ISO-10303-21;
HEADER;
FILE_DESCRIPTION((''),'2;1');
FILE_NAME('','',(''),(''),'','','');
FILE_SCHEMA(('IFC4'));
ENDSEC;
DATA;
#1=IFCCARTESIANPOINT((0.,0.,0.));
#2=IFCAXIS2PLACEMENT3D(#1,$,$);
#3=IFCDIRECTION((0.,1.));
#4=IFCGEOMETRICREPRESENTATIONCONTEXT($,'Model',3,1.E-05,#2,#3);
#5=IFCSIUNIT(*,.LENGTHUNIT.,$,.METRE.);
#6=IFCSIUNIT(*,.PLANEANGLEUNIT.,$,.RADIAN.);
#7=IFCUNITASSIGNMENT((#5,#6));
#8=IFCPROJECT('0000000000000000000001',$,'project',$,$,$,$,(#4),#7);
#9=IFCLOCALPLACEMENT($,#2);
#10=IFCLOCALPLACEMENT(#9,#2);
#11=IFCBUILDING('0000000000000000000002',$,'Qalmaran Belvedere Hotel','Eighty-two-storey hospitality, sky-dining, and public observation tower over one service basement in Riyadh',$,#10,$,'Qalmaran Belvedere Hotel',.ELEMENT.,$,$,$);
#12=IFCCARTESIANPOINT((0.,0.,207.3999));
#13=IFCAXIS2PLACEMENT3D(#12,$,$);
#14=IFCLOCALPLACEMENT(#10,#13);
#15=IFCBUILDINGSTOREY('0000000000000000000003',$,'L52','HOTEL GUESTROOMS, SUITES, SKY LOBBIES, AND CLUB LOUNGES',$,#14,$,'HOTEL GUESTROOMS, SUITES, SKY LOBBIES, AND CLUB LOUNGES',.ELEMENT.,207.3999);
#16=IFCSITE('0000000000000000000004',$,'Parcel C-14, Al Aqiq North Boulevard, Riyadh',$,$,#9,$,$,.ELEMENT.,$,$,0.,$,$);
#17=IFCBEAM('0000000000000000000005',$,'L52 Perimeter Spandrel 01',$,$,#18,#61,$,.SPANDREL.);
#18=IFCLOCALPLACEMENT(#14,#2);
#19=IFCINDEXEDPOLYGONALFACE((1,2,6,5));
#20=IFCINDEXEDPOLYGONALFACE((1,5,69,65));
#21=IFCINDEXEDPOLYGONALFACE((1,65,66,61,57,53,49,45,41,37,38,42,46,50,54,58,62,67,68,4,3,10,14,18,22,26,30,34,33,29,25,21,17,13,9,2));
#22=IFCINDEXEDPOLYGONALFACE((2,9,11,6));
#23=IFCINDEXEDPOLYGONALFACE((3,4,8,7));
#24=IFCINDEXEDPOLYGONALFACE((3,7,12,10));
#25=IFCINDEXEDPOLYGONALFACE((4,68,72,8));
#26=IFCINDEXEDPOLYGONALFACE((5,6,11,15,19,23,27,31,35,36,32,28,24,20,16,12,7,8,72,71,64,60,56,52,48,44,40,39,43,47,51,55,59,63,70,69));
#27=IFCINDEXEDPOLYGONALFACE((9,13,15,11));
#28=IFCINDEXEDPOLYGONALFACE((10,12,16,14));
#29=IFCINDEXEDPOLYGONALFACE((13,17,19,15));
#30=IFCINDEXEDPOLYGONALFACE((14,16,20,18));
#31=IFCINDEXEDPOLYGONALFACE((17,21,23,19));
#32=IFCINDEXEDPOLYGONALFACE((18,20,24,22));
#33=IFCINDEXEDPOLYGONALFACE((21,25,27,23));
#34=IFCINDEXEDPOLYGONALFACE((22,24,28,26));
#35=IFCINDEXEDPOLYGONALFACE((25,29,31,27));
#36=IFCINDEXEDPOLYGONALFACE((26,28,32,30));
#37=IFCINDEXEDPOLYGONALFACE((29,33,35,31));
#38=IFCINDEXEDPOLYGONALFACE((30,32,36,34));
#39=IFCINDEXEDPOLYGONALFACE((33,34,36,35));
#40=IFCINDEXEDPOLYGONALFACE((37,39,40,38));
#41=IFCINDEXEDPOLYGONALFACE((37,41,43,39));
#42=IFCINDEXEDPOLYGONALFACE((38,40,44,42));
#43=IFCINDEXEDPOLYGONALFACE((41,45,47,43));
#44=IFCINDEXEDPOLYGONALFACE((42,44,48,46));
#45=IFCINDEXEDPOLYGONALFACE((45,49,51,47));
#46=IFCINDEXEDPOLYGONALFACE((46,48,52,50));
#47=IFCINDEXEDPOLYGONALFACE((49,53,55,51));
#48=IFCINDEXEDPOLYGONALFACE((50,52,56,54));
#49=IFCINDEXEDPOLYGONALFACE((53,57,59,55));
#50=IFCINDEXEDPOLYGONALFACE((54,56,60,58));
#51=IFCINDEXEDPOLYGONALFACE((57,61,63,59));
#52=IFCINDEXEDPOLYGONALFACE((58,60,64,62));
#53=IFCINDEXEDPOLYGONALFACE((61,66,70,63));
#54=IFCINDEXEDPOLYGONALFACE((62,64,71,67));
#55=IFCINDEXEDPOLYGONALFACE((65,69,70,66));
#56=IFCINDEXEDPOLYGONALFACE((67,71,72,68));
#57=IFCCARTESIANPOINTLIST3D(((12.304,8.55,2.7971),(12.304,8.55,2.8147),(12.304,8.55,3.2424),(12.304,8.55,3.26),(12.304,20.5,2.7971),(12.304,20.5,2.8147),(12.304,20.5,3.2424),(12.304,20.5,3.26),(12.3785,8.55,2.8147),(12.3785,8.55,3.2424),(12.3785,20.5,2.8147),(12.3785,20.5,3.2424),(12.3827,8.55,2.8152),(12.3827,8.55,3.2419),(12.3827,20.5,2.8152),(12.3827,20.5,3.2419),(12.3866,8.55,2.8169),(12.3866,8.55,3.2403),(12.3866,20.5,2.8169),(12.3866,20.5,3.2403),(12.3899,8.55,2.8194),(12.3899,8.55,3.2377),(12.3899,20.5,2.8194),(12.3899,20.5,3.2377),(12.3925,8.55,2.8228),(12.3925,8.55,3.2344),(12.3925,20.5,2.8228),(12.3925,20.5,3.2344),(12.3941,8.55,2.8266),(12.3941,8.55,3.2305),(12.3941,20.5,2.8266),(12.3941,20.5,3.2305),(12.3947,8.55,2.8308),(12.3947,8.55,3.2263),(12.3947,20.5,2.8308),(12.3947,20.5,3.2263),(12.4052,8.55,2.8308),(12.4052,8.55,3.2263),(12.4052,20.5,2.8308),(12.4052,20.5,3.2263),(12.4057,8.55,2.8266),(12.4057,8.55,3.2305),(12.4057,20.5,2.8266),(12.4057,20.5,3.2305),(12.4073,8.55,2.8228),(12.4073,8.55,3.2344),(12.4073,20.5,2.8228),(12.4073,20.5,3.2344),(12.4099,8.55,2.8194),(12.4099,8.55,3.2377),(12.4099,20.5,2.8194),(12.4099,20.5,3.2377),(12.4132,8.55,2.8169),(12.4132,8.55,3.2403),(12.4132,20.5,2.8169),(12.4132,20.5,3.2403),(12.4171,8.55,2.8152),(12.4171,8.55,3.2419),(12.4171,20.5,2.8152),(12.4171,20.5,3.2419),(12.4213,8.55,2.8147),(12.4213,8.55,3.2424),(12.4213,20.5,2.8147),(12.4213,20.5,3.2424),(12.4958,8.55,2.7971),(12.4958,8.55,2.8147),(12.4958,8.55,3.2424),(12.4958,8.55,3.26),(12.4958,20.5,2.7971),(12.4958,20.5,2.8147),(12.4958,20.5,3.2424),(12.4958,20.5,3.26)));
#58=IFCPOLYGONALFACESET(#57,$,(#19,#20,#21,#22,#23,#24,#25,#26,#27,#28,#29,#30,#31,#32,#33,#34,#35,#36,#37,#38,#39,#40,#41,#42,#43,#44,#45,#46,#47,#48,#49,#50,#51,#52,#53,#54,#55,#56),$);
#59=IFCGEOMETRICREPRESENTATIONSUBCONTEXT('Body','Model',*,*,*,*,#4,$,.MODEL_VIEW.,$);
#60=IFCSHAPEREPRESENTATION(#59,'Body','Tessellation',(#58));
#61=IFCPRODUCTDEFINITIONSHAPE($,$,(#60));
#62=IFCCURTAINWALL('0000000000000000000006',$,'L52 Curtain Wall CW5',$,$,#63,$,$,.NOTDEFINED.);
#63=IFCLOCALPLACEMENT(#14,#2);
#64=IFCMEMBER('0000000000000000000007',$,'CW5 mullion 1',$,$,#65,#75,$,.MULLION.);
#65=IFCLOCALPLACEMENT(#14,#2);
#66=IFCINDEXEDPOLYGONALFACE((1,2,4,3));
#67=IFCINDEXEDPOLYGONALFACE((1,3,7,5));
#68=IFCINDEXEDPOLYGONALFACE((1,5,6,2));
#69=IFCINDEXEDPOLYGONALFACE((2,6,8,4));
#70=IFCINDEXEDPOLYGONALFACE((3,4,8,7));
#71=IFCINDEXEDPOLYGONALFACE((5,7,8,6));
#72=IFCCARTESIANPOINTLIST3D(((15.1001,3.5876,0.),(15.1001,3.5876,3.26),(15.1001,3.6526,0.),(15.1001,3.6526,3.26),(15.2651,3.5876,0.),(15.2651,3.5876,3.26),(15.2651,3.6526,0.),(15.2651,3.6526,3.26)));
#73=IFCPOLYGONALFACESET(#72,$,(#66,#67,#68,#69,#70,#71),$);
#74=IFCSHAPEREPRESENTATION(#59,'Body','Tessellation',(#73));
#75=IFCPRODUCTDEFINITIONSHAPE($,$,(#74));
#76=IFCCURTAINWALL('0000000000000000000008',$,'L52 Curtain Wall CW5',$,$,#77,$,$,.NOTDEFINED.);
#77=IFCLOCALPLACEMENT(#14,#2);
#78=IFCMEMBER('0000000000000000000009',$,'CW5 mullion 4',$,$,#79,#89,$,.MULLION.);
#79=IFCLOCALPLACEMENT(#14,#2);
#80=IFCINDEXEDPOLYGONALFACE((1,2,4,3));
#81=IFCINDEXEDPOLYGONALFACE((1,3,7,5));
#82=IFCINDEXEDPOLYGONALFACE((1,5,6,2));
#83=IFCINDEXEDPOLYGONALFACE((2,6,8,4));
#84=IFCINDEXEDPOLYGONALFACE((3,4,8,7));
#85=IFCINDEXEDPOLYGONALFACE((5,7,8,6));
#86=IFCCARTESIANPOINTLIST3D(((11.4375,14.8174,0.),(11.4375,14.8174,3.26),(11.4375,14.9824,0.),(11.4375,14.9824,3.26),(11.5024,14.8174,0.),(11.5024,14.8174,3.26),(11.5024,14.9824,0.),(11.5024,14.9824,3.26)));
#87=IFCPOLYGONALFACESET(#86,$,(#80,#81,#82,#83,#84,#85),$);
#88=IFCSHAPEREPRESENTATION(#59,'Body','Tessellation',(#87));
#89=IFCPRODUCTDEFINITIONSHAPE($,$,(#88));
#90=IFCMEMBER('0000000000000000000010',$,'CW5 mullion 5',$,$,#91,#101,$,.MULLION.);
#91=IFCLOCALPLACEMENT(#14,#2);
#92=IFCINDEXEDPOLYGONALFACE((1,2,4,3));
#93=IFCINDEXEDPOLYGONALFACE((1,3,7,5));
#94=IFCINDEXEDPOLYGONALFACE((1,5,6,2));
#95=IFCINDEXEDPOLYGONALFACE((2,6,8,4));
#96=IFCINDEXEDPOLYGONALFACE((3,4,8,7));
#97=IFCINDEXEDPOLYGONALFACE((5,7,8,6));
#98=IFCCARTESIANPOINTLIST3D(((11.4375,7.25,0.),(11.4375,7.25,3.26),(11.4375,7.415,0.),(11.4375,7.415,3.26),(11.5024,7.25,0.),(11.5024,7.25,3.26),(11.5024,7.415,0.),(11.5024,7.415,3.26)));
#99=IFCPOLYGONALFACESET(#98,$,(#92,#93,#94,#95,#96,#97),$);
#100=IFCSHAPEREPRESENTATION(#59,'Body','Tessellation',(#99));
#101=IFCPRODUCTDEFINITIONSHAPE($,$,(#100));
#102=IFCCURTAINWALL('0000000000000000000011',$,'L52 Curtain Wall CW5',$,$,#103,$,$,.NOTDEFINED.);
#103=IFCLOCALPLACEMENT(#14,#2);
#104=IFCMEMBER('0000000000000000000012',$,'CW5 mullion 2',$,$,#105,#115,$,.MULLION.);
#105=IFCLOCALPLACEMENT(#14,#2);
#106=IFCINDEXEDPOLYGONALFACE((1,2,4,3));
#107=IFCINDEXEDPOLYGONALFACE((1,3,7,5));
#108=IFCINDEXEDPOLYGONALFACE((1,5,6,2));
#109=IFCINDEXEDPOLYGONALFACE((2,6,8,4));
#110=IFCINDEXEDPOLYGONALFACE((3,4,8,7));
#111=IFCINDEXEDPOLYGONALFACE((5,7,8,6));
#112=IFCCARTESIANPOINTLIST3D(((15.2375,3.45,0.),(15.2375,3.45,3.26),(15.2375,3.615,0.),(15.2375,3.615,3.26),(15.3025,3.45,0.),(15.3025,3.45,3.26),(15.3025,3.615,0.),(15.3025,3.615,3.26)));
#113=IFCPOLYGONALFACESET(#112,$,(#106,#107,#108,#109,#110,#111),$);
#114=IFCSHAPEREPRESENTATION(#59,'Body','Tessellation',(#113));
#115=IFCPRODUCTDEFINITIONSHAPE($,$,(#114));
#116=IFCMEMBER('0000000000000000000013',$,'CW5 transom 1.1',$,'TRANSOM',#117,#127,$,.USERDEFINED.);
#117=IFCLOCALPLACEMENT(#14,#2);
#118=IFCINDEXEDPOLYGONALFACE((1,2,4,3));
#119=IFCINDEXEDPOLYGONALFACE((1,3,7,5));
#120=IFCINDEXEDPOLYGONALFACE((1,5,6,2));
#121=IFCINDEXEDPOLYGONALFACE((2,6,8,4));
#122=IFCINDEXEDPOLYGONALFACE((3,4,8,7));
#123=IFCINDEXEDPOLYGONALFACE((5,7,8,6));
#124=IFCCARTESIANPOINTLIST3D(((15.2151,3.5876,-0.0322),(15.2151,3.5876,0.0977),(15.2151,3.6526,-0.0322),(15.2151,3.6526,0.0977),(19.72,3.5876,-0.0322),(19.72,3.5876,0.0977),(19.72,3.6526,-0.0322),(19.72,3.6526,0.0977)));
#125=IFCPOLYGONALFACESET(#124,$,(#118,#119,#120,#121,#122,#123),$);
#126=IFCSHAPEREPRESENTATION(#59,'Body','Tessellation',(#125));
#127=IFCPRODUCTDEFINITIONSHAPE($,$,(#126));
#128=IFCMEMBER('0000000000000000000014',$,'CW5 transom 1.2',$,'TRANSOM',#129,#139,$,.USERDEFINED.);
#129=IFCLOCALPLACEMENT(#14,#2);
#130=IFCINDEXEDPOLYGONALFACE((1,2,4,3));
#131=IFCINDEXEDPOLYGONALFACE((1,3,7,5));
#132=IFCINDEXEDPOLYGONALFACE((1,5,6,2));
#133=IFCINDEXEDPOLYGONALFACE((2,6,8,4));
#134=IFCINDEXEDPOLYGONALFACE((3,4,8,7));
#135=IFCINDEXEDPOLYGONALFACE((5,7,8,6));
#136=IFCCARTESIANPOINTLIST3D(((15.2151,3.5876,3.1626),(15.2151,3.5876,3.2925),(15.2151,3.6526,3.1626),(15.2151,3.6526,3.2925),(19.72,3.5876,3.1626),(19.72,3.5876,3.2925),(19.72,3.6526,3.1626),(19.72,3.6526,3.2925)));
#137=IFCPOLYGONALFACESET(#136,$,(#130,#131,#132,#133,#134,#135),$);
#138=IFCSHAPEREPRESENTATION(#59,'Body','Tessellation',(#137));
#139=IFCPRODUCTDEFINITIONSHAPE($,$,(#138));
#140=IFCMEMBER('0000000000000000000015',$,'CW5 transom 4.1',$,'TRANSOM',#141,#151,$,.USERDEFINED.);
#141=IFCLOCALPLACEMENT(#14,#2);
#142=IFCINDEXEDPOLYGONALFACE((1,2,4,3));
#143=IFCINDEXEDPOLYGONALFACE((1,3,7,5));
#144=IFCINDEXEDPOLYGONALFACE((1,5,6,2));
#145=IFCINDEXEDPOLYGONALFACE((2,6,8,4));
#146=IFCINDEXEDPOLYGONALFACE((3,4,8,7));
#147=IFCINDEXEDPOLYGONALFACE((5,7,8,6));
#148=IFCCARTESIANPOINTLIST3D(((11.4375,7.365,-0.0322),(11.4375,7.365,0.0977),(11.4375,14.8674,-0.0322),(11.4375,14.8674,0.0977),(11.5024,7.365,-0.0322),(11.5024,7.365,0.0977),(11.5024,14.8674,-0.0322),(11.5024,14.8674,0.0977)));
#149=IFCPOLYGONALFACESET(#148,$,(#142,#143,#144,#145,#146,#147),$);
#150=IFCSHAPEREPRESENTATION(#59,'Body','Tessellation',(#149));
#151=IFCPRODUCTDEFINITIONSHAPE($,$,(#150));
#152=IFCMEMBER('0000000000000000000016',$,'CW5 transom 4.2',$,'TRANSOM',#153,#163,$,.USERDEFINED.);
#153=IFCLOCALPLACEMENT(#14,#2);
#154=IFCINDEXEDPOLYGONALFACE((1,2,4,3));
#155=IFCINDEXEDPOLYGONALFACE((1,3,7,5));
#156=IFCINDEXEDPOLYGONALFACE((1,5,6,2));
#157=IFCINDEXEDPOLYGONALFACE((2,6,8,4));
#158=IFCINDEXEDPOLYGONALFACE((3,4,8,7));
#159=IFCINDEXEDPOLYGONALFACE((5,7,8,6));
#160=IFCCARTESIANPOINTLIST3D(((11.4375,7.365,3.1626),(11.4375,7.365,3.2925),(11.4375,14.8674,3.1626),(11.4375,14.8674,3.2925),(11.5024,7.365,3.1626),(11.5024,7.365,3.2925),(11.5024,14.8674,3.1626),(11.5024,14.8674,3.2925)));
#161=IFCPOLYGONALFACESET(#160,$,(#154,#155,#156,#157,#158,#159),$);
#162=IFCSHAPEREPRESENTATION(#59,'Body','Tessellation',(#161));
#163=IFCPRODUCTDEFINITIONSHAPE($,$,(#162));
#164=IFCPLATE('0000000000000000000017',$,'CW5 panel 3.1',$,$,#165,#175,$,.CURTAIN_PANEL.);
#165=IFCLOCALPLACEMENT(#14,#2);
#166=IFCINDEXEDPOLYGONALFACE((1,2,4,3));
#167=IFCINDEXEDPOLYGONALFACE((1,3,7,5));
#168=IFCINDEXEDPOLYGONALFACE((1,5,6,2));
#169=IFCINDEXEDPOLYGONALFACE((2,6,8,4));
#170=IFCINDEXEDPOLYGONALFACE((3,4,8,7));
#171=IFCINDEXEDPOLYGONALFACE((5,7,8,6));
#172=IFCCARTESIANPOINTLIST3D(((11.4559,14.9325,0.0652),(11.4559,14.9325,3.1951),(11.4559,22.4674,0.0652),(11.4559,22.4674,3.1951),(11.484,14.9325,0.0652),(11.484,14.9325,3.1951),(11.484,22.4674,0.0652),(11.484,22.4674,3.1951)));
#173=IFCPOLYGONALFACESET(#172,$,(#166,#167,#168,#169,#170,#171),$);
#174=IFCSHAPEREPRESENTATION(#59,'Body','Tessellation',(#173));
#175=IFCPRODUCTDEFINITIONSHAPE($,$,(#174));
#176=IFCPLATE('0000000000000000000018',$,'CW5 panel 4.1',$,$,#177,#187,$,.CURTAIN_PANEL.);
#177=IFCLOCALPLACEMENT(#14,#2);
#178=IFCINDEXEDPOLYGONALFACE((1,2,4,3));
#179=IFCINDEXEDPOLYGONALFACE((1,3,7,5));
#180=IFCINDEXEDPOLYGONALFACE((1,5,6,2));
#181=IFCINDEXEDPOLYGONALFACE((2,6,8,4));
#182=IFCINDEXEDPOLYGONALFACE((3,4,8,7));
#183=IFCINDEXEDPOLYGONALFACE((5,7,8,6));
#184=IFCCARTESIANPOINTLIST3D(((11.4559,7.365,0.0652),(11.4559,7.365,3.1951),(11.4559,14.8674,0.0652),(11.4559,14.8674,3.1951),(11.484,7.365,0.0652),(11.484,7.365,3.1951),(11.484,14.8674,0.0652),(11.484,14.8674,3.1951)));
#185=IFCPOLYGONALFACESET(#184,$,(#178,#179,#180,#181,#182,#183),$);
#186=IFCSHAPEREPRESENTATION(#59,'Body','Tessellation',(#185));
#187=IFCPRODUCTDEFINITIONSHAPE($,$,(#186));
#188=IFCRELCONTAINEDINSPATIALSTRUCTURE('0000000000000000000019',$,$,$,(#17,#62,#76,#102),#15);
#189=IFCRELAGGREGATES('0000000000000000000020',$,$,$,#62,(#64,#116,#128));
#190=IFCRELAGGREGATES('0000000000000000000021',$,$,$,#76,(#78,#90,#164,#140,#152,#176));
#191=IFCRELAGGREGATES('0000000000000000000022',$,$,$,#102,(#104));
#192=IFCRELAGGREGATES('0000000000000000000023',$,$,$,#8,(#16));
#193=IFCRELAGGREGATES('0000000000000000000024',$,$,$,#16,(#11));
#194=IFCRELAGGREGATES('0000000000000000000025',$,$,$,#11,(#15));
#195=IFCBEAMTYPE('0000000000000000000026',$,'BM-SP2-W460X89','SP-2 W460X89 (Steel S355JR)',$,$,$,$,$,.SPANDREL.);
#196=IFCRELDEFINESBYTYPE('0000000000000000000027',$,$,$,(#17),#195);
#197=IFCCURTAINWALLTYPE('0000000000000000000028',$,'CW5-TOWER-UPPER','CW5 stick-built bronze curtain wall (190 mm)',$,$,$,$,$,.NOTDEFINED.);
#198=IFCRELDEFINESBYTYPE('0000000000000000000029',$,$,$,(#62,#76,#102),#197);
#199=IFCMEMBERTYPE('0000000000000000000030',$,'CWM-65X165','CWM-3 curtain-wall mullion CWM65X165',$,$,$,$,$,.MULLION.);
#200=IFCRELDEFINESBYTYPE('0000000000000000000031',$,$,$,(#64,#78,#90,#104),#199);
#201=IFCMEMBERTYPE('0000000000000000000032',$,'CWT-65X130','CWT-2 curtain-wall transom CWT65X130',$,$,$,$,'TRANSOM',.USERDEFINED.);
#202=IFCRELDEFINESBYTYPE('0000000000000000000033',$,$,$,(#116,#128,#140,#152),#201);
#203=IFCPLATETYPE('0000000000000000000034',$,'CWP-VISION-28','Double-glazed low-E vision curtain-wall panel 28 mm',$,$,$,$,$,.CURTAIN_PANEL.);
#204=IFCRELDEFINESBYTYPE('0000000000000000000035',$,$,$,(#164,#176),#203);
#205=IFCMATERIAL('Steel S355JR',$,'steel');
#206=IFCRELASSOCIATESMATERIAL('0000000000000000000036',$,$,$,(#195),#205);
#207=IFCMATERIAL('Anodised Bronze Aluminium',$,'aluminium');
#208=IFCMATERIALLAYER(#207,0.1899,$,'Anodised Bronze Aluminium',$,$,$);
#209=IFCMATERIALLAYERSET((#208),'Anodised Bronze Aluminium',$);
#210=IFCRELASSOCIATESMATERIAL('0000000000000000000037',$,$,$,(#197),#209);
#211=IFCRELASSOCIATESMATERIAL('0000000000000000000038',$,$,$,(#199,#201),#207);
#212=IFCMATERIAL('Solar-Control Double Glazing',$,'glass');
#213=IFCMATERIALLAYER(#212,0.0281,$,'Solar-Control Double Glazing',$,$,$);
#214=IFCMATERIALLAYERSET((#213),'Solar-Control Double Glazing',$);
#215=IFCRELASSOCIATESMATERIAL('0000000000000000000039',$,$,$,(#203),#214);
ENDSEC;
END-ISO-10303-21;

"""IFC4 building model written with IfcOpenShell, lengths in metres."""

from ifc_helpers import new_model, si_unit, direction, frame, origin, origin_2d, place, context, subcontext, project, spatial, rectangle, i_section, extrude, material, layer, layer_set, material_profile, profile_set, type_object, element, aggregate, save


model = new_model("IFC4")

# Units and contexts
model_context = context("Model", 3, precision=1e-05, world=origin(), true_north=direction((0.0, 1.0)))
body_context = subcontext(model_context, "Body", "Model", "MODEL_VIEW")
ifc_project = project(units=[si_unit("LENGTHUNIT", "METRE"), si_unit("PLANEANGLEUNIT", "RADIAN")], contexts=[model_context])

# Site, building, storey
site_placement = place(None, origin())
site = spatial("IfcSite", under=ifc_project, at=site_placement, Name="Parcel C-14, Al Aqiq North Boulevard, Riyadh", CompositionType="ELEMENT", RefElevation=0.0)
building_placement = place(site_placement, origin())
building = spatial("IfcBuilding", under=site, at=building_placement, Name="Qalmaran Belvedere Hotel", Description="Eighty-two-storey hospitality, sky-dining, and public observation tower over one service basement in Riyadh", LongName="Qalmaran Belvedere Hotel", CompositionType="ELEMENT")
storey_placement = place(building_placement, frame((0.0, 0.0, 207.3999)))
storey = spatial("IfcBuildingStorey", under=building, at=storey_placement, Name="L52", Description="HOTEL GUESTROOMS, SUITES, SKY LOBBIES, AND CLUB LOUNGES", LongName="HOTEL GUESTROOMS, SUITES, SKY LOBBIES, AND CLUB LOUNGES", CompositionType="ELEMENT", Elevation=207.3999)

# Beam
ifc_material_1 = material(Name="Steel S355JR", Category="steel")
ifc_material_profile_1 = material_profile(ifc_material_1, i_section(OverallWidth=0.1919, OverallDepth=0.4629, WebThickness=0.0105, FlangeThickness=0.0176, FilletRadius=0.0161, at=origin_2d()), Name="W460X89")
ifc_profile_set_1 = profile_set([ifc_material_profile_1], Name="Steel S355JR")
beam_type_1 = type_object("IfcBeamType", Name="BM-SP2-W460X89", Description="SP-2 W460X89 (Steel S355JR)", PredefinedType="SPANDREL", material=ifc_profile_set_1)
beam_1_placement = place(storey_placement, frame((12.3999, 8.55, 3.0286), z_axis=(0.0, 1.0, 0.0), x_axis=(-1.0, 0.0, 0.0)))
element("IfcBeam", 1, at=beam_1_placement, inside=storey, type_object=beam_type_1, Name="L52 Perimeter Spandrel 01", PredefinedType="SPANDREL", context=body_context, shape_type="SweptSolid", body=[
    extrude(i_section(OverallWidth=0.1919, OverallDepth=0.4629, WebThickness=0.0105, FlangeThickness=0.0176, FilletRadius=0.0161, at=origin_2d()), origin(), (0.0, 0.0, 1.0), 11.95),
])

# Curtain wall, member
ifc_material_2 = material(Name="Anodised Bronze Aluminium", Category="aluminium")
ifc_layer_1 = layer(ifc_material_2, 0.1899, Name="Anodised Bronze Aluminium")
ifc_layer_set_1 = layer_set([ifc_layer_1], Name="Anodised Bronze Aluminium")
curtain_wall_type = type_object("IfcCurtainWallType", Name="CW5-TOWER-UPPER", Description="CW5 stick-built bronze curtain wall (190 mm)", PredefinedType="NOTDEFINED", material=ifc_layer_set_1)
curtain_wall_1_placement = place(storey_placement, origin())
curtain_wall_1 = element("IfcCurtainWall", 2, at=curtain_wall_1_placement, inside=storey, type_object=curtain_wall_type, Name="L52 Curtain Wall CW5", PredefinedType="NOTDEFINED")
ifc_material_profile_2 = material_profile(ifc_material_2, rectangle(XDim=0.0649, YDim=0.165, at=origin_2d()), Name="CWM65X165")
ifc_profile_set_2 = profile_set([ifc_material_profile_2], Name="Anodised Bronze Aluminium")
member_type_1 = type_object("IfcMemberType", Name="CWM-65X165", Description="CWM-3 curtain-wall mullion CWM65X165", PredefinedType="MULLION", material=ifc_profile_set_2)
member_1_placement = place(storey_placement, frame((15.1826, 3.6201, 0.0), z_axis=(0.0, 0.0, 1.0), x_axis=(0.0, 1.0, 0.0)))
member_1 = element("IfcMember", 3, at=member_1_placement, type_object=member_type_1, Name="CW5 mullion 1", PredefinedType="MULLION", context=body_context, shape_type="SweptSolid", body=[
    extrude(rectangle(XDim=0.0649, YDim=0.165, at=origin_2d()), origin(), (0.0, 0.0, 1.0), 3.26),
])

# Curtain wall, members
curtain_wall_2_placement = place(storey_placement, origin())
curtain_wall_2 = element("IfcCurtainWall", 4, at=curtain_wall_2_placement, inside=storey, type_object=curtain_wall_type, Name="L52 Curtain Wall CW5", PredefinedType="NOTDEFINED")
member_2_placement = place(storey_placement, frame((11.47, 14.8999, 0.0), z_axis=(0.0, 0.0, 1.0), x_axis=(1.0, 0.0, 0.0)))
member_2 = element("IfcMember", 5, at=member_2_placement, type_object=member_type_1, Name="CW5 mullion 4", PredefinedType="MULLION", context=body_context, shape_type="SweptSolid", body=[
    extrude(rectangle(XDim=0.0649, YDim=0.165, at=origin_2d()), origin(), (0.0, 0.0, 1.0), 3.26),
])
member_3_placement = place(storey_placement, frame((11.47, 7.3325, 0.0), z_axis=(0.0, 0.0, 1.0), x_axis=(1.0, 0.0, 0.0)))
member_3 = element("IfcMember", 6, at=member_3_placement, type_object=member_type_1, Name="CW5 mullion 5", PredefinedType="MULLION", context=body_context, shape_type="SweptSolid", body=[
    extrude(rectangle(XDim=0.0649, YDim=0.165, at=origin_2d()), origin(), (0.0, 0.0, 1.0), 3.26),
])

# Curtain wall, member
curtain_wall_3_placement = place(storey_placement, origin())
curtain_wall_3 = element("IfcCurtainWall", 7, at=curtain_wall_3_placement, inside=storey, type_object=curtain_wall_type, Name="L52 Curtain Wall CW5", PredefinedType="NOTDEFINED")
member_4_placement = place(storey_placement, frame((15.27, 3.5325, 0.0), z_axis=(0.0, 0.0, 1.0), x_axis=(1.0, 0.0, 0.0)))
member_4 = element("IfcMember", 8, at=member_4_placement, type_object=member_type_1, Name="CW5 mullion 2", PredefinedType="MULLION", context=body_context, shape_type="SweptSolid", body=[
    extrude(rectangle(XDim=0.0649, YDim=0.165, at=origin_2d()), origin(), (0.0, 0.0, 1.0), 3.26),
])

# Members
ifc_material_profile_3 = material_profile(ifc_material_2, rectangle(XDim=0.0649, YDim=0.1299, at=origin_2d()), Name="CWT65X130")
ifc_profile_set_3 = profile_set([ifc_material_profile_3], Name="Anodised Bronze Aluminium")
member_type_2 = type_object("IfcMemberType", Name="CWT-65X130", Description="CWT-2 curtain-wall transom CWT65X130", ElementType="TRANSOM", PredefinedType="USERDEFINED", material=ifc_profile_set_3)
member_5_placement = place(storey_placement, frame((15.2151, 3.6201, 0.0327), z_axis=(1.0, 0.0, 0.0), x_axis=(0.0, 1.0, 0.0)))
member_5 = element("IfcMember", 9, at=member_5_placement, type_object=member_type_2, Name="CW5 transom 1.1", ObjectType="TRANSOM", PredefinedType="USERDEFINED", context=body_context, shape_type="SweptSolid", body=[
    extrude(rectangle(XDim=0.0649, YDim=0.1299, at=origin_2d()), origin(), (0.0, 0.0, 1.0), 4.5049),
])
member_6_placement = place(storey_placement, frame((15.2151, 3.6201, 3.2275), z_axis=(1.0, 0.0, 0.0), x_axis=(0.0, 1.0, 0.0)))
member_6 = element("IfcMember", 10, at=member_6_placement, type_object=member_type_2, Name="CW5 transom 1.2", ObjectType="TRANSOM", PredefinedType="USERDEFINED", context=body_context, shape_type="SweptSolid", body=[
    extrude(rectangle(XDim=0.0649, YDim=0.1299, at=origin_2d()), origin(), (0.0, 0.0, 1.0), 4.5049),
])
aggregate(curtain_wall_1, [member_1, member_5, member_6])
member_7_placement = place(storey_placement, frame((11.47, 14.8674, 0.0327), z_axis=(0.0, -1.0, 0.0), x_axis=(1.0, 0.0, 0.0)))
member_7 = element("IfcMember", 11, at=member_7_placement, type_object=member_type_2, Name="CW5 transom 4.1", ObjectType="TRANSOM", PredefinedType="USERDEFINED", context=body_context, shape_type="SweptSolid", body=[
    extrude(rectangle(XDim=0.0649, YDim=0.1299, at=origin_2d()), origin(), (0.0, 0.0, 1.0), 7.5024),
])
member_8_placement = place(storey_placement, frame((11.47, 14.8674, 3.2275), z_axis=(0.0, -1.0, 0.0), x_axis=(1.0, 0.0, 0.0)))
member_8 = element("IfcMember", 12, at=member_8_placement, type_object=member_type_2, Name="CW5 transom 4.2", ObjectType="TRANSOM", PredefinedType="USERDEFINED", context=body_context, shape_type="SweptSolid", body=[
    extrude(rectangle(XDim=0.0649, YDim=0.1299, at=origin_2d()), origin(), (0.0, 0.0, 1.0), 7.5024),
])

# Plates
ifc_material_3 = material(Name="Solar-Control Double Glazing", Category="glass")
ifc_layer_2 = layer(ifc_material_3, 0.0281, Name="Solar-Control Double Glazing")
ifc_layer_set_2 = layer_set([ifc_layer_2], Name="Solar-Control Double Glazing")
plate_type = type_object("IfcPlateType", Name="CWP-VISION-28", Description="Double-glazed low-E vision curtain-wall panel 28 mm", PredefinedType="CURTAIN_PANEL", material=ifc_layer_set_2)
plate_1_placement = place(storey_placement, frame((11.47, 18.7, 0.0652), z_axis=(0.0, 0.0, 1.0), x_axis=(0.0, -1.0, 0.0)))
plate_1 = element("IfcPlate", 13, at=plate_1_placement, type_object=plate_type, Name="CW5 panel 3.1", PredefinedType="CURTAIN_PANEL", context=body_context, shape_type="SweptSolid", body=[
    extrude(rectangle(XDim=7.5349, YDim=0.0281, at=origin_2d()), origin(), (0.0, 0.0, 1.0), 3.1299),
])
plate_2_placement = place(storey_placement, frame((11.47, 11.1162, 0.0652), z_axis=(0.0, 0.0, 1.0), x_axis=(0.0, -1.0, 0.0)))
plate_2 = element("IfcPlate", 14, at=plate_2_placement, type_object=plate_type, Name="CW5 panel 4.1", PredefinedType="CURTAIN_PANEL", context=body_context, shape_type="SweptSolid", body=[
    extrude(rectangle(XDim=7.5024, YDim=0.0281, at=origin_2d()), origin(), (0.0, 0.0, 1.0), 3.1299),
])
aggregate(curtain_wall_2, [member_2, member_3, plate_1, member_7, member_8, plate_2])
aggregate(curtain_wall_3, [member_4])

save(model, "model.ifc")
